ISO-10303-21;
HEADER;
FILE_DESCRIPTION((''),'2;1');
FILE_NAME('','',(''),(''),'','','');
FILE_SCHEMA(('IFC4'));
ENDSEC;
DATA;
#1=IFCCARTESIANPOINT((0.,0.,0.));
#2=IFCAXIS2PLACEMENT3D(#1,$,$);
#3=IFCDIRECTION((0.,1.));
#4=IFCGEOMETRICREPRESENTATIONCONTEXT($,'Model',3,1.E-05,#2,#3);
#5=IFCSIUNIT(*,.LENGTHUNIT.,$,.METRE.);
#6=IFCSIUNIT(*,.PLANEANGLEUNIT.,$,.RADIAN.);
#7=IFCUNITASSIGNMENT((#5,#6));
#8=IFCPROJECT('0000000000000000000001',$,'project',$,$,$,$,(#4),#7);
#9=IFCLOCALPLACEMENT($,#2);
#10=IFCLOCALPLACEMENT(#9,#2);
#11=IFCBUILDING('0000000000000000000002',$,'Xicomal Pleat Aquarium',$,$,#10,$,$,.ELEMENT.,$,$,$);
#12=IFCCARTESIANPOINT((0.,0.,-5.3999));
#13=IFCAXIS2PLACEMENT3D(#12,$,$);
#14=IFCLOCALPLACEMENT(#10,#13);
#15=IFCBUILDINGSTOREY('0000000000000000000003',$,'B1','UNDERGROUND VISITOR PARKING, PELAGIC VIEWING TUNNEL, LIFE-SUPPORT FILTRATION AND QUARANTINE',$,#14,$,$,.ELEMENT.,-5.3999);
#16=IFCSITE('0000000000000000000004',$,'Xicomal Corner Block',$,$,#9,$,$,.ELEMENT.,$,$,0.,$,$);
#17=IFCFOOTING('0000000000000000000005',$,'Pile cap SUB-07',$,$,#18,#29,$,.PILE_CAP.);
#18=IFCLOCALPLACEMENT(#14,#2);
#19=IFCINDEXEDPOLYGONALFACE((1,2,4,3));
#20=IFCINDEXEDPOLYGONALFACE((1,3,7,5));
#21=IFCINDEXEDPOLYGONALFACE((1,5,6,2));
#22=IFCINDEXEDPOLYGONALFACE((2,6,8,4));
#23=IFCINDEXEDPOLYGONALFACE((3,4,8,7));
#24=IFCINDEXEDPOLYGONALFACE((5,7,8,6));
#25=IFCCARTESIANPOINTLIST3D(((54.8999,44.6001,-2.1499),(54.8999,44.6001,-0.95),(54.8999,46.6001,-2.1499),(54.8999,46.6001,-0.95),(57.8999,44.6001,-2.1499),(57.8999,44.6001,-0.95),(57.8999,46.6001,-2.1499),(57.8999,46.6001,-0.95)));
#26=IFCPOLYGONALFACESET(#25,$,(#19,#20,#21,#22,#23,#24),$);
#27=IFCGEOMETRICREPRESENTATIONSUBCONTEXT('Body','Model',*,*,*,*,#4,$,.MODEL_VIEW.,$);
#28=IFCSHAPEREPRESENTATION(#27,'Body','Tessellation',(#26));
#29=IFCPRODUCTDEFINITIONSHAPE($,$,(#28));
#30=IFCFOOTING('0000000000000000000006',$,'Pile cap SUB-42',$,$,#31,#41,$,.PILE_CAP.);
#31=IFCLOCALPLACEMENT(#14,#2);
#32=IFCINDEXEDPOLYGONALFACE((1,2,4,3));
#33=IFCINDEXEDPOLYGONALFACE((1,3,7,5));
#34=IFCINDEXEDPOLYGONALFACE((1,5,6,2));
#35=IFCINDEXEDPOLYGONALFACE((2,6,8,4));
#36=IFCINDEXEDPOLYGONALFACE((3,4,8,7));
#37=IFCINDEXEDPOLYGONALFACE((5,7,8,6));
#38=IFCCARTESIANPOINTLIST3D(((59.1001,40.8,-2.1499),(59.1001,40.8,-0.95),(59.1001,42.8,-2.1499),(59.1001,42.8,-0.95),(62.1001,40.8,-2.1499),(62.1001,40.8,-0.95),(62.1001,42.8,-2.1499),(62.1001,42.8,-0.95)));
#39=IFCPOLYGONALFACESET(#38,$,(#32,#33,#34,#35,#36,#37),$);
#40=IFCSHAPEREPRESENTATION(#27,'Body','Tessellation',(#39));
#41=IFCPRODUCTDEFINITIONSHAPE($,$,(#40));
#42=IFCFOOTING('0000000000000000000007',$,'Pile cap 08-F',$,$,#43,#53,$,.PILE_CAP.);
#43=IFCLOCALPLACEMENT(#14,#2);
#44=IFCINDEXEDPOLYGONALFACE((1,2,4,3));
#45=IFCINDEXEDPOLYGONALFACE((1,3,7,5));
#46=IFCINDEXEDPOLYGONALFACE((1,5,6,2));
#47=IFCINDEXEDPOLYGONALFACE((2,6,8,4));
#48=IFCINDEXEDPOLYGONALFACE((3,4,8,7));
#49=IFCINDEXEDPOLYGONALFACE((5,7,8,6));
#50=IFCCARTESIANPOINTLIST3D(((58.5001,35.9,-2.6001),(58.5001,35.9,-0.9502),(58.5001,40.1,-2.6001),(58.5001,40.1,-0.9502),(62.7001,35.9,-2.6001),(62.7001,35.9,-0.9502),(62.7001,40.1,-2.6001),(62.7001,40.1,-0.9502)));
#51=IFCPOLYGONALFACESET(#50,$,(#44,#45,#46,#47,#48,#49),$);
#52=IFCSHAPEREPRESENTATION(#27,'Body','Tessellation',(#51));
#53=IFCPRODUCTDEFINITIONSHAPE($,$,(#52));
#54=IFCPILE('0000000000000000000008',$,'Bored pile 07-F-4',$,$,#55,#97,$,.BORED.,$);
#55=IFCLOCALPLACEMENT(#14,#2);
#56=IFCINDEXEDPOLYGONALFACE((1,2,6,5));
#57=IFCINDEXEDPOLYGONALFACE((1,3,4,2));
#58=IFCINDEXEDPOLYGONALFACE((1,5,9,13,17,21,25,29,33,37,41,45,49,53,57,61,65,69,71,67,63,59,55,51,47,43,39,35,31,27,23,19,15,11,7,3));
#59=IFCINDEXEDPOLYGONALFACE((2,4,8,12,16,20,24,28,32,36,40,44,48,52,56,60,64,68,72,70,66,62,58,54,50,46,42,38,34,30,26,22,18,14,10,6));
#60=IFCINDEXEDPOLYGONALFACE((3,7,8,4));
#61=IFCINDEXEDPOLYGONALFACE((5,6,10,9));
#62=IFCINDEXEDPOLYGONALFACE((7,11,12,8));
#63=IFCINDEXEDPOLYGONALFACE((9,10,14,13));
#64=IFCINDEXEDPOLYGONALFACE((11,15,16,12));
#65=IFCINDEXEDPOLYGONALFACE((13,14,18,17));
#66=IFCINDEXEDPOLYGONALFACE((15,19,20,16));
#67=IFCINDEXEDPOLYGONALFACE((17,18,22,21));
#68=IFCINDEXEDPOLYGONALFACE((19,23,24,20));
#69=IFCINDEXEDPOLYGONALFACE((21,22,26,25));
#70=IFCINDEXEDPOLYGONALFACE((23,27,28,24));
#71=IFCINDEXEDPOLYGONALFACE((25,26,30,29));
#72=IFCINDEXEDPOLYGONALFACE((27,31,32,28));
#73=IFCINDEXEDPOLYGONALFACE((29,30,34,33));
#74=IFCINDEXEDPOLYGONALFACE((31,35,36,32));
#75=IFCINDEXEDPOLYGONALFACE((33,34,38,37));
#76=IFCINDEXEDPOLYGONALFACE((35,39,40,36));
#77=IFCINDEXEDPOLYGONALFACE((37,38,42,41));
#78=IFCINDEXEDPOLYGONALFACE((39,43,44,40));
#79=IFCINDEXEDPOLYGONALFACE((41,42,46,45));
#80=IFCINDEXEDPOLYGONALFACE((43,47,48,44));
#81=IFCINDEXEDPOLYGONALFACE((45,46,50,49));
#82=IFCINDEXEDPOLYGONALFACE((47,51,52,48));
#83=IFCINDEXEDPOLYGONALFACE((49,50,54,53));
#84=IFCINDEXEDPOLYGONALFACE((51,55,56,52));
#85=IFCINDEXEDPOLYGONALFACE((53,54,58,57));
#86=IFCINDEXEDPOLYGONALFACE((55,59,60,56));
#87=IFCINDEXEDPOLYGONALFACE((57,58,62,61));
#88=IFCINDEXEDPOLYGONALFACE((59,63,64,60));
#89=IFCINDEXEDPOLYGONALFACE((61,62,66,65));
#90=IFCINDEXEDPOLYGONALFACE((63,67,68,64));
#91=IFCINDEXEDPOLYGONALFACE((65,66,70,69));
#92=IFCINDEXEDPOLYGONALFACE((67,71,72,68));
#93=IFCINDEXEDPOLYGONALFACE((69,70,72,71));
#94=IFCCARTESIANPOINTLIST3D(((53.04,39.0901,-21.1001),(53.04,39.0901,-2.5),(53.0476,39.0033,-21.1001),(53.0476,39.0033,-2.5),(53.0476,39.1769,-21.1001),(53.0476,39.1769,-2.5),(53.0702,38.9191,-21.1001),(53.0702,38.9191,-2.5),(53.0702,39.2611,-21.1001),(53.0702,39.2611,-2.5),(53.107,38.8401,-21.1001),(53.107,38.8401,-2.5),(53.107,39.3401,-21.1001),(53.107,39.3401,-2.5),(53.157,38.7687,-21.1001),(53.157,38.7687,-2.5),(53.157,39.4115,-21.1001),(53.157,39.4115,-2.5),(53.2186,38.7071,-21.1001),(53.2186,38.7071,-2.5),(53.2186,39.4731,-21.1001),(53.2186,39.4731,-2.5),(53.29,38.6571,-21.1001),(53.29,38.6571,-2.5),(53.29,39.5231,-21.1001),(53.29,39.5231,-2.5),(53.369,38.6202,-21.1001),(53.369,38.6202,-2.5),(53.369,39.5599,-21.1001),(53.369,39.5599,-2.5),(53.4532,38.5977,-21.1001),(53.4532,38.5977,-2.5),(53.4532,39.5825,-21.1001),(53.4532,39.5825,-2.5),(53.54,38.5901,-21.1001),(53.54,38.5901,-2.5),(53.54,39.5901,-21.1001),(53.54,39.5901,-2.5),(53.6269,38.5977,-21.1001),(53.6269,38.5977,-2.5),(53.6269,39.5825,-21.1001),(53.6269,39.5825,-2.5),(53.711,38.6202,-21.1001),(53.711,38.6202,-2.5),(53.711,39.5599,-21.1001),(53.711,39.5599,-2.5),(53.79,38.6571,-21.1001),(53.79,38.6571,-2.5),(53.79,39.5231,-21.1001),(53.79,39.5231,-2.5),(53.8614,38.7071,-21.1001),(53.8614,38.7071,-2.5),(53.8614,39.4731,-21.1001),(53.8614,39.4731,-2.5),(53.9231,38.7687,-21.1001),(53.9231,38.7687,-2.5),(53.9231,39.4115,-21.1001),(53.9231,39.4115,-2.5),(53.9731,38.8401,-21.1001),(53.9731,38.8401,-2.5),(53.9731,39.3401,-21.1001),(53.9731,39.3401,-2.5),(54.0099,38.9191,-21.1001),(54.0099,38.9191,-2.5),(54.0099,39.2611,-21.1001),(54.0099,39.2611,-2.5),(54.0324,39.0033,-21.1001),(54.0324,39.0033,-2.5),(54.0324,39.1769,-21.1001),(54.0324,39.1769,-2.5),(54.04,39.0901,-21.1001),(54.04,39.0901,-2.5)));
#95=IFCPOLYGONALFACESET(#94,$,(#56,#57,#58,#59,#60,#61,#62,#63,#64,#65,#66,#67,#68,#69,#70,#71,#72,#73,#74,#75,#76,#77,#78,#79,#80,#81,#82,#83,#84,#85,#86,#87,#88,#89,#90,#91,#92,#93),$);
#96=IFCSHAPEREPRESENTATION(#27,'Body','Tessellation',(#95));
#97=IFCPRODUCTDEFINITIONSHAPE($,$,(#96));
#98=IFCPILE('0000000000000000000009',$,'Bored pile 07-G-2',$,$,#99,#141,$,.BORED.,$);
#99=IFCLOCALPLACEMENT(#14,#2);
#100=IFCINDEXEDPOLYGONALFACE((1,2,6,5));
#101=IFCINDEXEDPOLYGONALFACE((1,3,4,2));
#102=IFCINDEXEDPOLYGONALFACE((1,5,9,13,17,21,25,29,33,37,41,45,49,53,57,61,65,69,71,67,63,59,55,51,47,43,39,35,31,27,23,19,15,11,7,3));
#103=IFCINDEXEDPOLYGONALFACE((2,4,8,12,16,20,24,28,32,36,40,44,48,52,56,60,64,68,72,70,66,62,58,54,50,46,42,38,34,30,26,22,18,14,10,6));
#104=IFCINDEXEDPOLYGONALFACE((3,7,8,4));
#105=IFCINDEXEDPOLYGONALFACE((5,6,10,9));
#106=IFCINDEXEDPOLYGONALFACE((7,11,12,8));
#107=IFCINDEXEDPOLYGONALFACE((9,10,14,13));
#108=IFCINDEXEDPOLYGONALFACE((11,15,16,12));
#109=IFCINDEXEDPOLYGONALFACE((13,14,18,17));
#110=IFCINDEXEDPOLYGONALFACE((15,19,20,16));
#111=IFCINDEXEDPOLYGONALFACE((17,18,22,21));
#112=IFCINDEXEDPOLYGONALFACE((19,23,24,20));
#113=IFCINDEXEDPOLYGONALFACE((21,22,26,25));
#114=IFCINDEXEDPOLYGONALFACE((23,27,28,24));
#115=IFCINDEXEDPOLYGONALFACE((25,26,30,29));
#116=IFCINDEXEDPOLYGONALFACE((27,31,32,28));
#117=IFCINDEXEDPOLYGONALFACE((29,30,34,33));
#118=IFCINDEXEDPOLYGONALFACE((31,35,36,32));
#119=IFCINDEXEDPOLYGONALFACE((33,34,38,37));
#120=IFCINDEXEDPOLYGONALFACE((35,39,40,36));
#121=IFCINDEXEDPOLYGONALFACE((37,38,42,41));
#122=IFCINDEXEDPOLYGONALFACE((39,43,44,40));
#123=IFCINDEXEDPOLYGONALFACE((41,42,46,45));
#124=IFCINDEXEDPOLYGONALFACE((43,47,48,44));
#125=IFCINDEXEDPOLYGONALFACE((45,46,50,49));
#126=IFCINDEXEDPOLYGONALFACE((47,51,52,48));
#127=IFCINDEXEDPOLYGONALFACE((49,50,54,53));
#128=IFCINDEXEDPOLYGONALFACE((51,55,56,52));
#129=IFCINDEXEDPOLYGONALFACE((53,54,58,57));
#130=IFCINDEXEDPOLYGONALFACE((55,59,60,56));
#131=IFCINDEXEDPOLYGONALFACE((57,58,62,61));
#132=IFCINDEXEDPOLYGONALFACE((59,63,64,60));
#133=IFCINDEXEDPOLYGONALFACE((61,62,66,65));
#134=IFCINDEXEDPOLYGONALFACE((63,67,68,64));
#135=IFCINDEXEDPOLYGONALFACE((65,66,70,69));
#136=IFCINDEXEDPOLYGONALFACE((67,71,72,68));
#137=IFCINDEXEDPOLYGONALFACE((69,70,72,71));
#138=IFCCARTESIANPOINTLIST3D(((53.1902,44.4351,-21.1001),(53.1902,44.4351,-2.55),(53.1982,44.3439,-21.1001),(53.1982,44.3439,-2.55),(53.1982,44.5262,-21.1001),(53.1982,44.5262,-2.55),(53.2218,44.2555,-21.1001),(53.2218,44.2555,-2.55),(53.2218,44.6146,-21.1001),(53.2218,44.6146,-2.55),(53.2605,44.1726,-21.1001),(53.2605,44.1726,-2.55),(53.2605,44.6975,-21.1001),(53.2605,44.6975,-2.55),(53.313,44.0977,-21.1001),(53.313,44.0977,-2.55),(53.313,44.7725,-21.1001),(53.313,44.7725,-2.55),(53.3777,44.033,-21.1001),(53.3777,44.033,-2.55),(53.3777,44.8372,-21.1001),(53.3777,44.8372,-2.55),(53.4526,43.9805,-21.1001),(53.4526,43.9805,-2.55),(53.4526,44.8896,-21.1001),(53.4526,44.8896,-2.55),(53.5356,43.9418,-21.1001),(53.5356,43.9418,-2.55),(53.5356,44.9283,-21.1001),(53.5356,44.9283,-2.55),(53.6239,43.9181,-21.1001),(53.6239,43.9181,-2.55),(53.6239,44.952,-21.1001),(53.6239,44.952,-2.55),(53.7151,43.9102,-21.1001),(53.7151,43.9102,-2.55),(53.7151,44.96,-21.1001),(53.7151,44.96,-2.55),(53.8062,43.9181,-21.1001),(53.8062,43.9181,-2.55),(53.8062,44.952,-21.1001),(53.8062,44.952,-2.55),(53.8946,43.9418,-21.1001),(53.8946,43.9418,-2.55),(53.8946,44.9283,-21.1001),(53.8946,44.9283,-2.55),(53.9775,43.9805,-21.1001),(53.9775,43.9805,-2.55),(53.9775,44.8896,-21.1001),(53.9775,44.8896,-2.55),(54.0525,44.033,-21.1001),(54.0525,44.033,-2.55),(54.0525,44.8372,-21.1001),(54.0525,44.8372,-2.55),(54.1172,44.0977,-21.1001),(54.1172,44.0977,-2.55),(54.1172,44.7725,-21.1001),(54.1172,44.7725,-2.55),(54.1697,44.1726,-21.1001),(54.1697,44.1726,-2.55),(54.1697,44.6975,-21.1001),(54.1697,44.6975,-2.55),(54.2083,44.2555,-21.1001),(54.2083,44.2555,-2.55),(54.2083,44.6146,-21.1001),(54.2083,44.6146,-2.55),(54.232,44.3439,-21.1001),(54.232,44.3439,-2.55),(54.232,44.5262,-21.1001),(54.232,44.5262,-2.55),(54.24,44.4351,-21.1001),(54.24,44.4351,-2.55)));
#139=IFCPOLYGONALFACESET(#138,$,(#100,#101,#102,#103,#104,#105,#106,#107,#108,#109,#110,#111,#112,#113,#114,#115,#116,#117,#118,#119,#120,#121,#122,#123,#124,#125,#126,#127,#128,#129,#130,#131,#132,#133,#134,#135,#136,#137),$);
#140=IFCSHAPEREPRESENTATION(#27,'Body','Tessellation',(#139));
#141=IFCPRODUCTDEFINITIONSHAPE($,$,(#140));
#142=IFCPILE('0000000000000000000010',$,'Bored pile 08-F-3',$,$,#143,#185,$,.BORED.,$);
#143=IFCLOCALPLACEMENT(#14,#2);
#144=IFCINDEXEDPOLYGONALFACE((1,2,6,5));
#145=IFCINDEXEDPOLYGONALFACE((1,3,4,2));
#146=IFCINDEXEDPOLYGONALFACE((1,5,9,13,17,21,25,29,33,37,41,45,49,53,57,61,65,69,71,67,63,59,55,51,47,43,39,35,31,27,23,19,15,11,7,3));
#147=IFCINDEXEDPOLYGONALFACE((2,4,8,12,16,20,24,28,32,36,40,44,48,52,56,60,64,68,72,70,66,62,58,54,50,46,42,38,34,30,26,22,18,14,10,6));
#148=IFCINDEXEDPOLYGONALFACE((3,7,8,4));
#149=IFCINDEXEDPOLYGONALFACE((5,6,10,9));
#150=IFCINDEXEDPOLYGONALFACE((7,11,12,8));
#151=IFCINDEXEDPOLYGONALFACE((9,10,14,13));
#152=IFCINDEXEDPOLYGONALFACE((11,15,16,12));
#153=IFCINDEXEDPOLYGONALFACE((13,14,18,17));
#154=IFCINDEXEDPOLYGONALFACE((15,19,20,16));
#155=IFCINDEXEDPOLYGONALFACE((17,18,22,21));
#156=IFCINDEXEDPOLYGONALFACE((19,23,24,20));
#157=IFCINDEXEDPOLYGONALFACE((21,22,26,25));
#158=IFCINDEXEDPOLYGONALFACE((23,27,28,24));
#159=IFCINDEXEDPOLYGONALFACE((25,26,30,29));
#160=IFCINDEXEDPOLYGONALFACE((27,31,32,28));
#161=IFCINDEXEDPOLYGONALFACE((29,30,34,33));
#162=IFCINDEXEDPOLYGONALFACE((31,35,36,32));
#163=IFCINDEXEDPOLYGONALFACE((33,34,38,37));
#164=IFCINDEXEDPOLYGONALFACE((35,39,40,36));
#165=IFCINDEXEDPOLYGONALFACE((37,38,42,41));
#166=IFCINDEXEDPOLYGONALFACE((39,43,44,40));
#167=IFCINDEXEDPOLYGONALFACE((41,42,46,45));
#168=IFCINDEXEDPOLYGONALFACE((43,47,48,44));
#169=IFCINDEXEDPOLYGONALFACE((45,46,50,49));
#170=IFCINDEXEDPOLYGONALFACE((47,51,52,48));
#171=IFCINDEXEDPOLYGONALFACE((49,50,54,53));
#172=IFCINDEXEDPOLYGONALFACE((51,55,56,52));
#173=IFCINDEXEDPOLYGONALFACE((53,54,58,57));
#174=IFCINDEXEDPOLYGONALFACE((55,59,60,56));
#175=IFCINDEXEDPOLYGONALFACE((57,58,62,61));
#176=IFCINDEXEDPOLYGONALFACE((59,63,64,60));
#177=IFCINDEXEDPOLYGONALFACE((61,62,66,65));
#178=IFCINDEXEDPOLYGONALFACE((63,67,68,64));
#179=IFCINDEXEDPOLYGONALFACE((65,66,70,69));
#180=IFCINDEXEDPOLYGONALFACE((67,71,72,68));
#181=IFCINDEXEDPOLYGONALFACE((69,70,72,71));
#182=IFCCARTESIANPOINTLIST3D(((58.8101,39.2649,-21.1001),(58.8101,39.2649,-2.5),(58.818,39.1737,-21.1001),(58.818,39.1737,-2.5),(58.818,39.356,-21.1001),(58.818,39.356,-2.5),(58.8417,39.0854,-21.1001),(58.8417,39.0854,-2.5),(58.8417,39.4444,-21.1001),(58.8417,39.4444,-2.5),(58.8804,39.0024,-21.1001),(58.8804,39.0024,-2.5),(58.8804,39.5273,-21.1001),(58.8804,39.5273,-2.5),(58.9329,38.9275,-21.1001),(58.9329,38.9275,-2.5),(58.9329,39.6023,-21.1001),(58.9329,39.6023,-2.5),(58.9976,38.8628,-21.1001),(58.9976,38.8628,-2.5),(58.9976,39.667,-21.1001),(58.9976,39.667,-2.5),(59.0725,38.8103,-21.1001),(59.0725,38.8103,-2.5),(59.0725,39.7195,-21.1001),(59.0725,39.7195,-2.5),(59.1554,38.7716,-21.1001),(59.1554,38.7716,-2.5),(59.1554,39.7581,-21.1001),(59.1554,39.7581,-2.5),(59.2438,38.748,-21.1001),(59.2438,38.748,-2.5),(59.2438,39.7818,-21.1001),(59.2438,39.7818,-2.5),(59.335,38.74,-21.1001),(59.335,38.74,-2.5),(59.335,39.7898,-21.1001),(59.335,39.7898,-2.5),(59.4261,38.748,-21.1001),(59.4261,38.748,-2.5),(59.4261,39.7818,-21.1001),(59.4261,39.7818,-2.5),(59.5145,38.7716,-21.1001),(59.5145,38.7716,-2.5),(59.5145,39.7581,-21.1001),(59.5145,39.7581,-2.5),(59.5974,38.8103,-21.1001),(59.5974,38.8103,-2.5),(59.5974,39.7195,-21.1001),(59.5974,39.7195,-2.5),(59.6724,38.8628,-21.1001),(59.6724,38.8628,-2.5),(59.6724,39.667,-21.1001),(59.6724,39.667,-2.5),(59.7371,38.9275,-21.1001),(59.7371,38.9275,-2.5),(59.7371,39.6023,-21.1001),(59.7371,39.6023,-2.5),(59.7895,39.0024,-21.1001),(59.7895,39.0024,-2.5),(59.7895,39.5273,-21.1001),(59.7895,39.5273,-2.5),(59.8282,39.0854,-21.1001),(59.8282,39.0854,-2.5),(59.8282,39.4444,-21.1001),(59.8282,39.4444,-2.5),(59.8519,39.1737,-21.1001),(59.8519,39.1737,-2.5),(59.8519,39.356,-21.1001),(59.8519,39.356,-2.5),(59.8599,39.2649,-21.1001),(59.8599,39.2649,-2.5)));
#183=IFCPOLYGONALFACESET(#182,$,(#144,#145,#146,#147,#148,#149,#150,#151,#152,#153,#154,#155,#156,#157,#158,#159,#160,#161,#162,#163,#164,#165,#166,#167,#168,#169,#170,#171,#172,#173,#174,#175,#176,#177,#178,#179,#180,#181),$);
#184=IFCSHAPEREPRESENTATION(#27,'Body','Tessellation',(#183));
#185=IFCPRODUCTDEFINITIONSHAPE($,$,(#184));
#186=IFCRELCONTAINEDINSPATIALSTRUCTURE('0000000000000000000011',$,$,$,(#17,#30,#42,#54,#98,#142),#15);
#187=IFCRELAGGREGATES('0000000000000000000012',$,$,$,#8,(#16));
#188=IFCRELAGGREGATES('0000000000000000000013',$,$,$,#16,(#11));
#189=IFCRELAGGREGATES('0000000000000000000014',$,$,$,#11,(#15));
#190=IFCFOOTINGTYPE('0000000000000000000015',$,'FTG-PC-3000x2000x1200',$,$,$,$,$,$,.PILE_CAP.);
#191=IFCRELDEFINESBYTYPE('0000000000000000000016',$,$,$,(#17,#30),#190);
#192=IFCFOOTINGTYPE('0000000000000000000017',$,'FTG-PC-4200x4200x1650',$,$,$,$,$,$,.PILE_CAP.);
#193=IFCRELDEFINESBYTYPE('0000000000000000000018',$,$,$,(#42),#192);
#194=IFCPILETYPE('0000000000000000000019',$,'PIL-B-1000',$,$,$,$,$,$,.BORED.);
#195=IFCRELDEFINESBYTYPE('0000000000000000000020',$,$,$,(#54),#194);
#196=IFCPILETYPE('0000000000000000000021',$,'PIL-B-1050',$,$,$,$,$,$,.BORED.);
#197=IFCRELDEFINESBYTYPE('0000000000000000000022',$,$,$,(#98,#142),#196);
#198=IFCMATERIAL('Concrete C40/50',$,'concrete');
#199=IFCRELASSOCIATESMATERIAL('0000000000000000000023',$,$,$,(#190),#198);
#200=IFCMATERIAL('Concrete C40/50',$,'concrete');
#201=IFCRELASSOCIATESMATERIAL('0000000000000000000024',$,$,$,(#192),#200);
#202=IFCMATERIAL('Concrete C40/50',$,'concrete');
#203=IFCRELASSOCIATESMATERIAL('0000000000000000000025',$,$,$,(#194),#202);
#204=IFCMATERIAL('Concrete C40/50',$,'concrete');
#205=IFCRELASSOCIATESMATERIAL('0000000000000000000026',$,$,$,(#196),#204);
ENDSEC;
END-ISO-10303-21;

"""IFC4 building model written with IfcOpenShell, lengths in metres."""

from ifc_helpers import new_model, si_unit, direction, frame, origin, origin_2d, place, context, subcontext, project, spatial, rectangle, circle, extrude, material, material_profile, profile_set, type_object, element, save


model = new_model("IFC4")

# Units and contexts
model_context = context("Model", 3, precision=1e-05, world=origin(), true_north=direction((0.0, 1.0)))
body_context = subcontext(model_context, "Body", "Model", "MODEL_VIEW")
ifc_project = project(units=[si_unit("LENGTHUNIT", "METRE"), si_unit("PLANEANGLEUNIT", "RADIAN")], contexts=[model_context])

# Site, building, storey
site_placement = place(None, origin())
site = spatial("IfcSite", under=ifc_project, at=site_placement, Name="Xicomal Corner Block", CompositionType="ELEMENT", RefElevation=0.0)
building_placement = place(site_placement, origin())
building = spatial("IfcBuilding", under=site, at=building_placement, Name="Xicomal Pleat Aquarium", CompositionType="ELEMENT")
storey_placement = place(building_placement, frame((0.0, 0.0, -5.3999)))
storey = spatial("IfcBuildingStorey", under=building, at=storey_placement, Name="B1", Description="UNDERGROUND VISITOR PARKING, PELAGIC VIEWING TUNNEL, LIFE-SUPPORT FILTRATION AND QUARANTINE", CompositionType="ELEMENT", Elevation=-5.3999)

# Footings
ifc_material_1 = material(Name="Concrete C40/50", Category="concrete")
footing_type_1 = type_object("IfcFootingType", Name="FTG-PC-3000x2000x1200", PredefinedType="PILE_CAP", material=ifc_material_1)
for number, where, z_axis, x_axis, name in (
    (1, (56.3999, 45.6001, -2.1499), (0.0, 0.0, 1.0), (1.0, 0.0, 0.0), "Pile cap SUB-07"),
    (2, (60.6001, 41.8, -2.1499), (0.0, 0.0, 1.0), (1.0, 0.0, 0.0), "Pile cap SUB-42"),
):
    element("IfcFooting", number, at=place(storey_placement, frame(where, z_axis=z_axis, x_axis=x_axis)), inside=storey, type_object=footing_type_1, Name=name, PredefinedType="PILE_CAP", context=body_context, shape_type="SweptSolid", body=[
        extrude(rectangle(XDim=3.0, YDim=2.0, at=origin_2d()), origin(), (0.0, 0.0, 1.0), 1.2),
    ])
ifc_material_2 = material(Name="Concrete C40/50", Category="concrete")
footing_type_2 = type_object("IfcFootingType", Name="FTG-PC-4200x4200x1650", PredefinedType="PILE_CAP", material=ifc_material_2)
footing_placement = place(storey_placement, frame((60.6001, 38.0, -2.6001), z_axis=(0.0, 0.0, 1.0), x_axis=(1.0, 0.0, 0.0)))
element("IfcFooting", 3, at=footing_placement, inside=storey, type_object=footing_type_2, Name="Pile cap 08-F", PredefinedType="PILE_CAP", context=body_context, shape_type="SweptSolid", body=[
    extrude(rectangle(XDim=4.2, YDim=4.2, at=origin_2d()), origin(), (0.0, 0.0, 1.0), 1.6499),
])

# Piles
ifc_material_3 = material(Name="Concrete C40/50", Category="concrete")
ifc_material_profile_1 = material_profile(ifc_material_3, circle(Radius=0.5, at=origin_2d()), Name="BORED PILE D1000")
ifc_profile_set_1 = profile_set([ifc_material_profile_1], Name="Concrete C40/50")
pile_type_1 = type_object("IfcPileType", Name="PIL-B-1000", PredefinedType="BORED", material=ifc_profile_set_1)
pile_1_placement = place(storey_placement, frame((53.54, 39.0901, -2.5), z_axis=(0.0, 0.0, -1.0), x_axis=(1.0, 0.0, 0.0)))
element("IfcPile", 4, at=pile_1_placement, inside=storey, type_object=pile_type_1, Name="Bored pile 07-F-4", PredefinedType="BORED", context=body_context, shape_type="SweptSolid", body=[
    extrude(circle(Radius=0.5, at=origin_2d()), origin(), (0.0, 0.0, 1.0), 18.6001),
])
ifc_material_4 = material(Name="Concrete C40/50", Category="concrete")
ifc_material_profile_2 = material_profile(ifc_material_4, circle(Radius=0.5249, at=origin_2d()), Name="BORED PILE D1050")
ifc_profile_set_2 = profile_set([ifc_material_profile_2], Name="Concrete C40/50")
pile_type_2 = type_object("IfcPileType", Name="PIL-B-1050", PredefinedType="BORED", material=ifc_profile_set_2)
pile_2_placement = place(storey_placement, frame((53.7151, 44.4351, -2.55), z_axis=(0.0, 0.0, -1.0), x_axis=(1.0, 0.0, 0.0)))
element("IfcPile", 5, at=pile_2_placement, inside=storey, type_object=pile_type_2, Name="Bored pile 07-G-2", PredefinedType="BORED", context=body_context, shape_type="SweptSolid", body=[
    extrude(circle(Radius=0.5249, at=origin_2d()), origin(), (0.0, 0.0, 1.0), 18.55),
])
pile_3_placement = place(storey_placement, frame((59.335, 39.2649, -2.5), z_axis=(0.0, 0.0, -1.0), x_axis=(1.0, 0.0, 0.0)))
element("IfcPile", 6, at=pile_3_placement, inside=storey, type_object=pile_type_2, Name="Bored pile 08-F-3", PredefinedType="BORED", context=body_context, shape_type="SweptSolid", body=[
    extrude(circle(Radius=0.5249, at=origin_2d()), origin(), (0.0, 0.0, 1.0), 18.6001),
])

save(model, "model.ifc")
